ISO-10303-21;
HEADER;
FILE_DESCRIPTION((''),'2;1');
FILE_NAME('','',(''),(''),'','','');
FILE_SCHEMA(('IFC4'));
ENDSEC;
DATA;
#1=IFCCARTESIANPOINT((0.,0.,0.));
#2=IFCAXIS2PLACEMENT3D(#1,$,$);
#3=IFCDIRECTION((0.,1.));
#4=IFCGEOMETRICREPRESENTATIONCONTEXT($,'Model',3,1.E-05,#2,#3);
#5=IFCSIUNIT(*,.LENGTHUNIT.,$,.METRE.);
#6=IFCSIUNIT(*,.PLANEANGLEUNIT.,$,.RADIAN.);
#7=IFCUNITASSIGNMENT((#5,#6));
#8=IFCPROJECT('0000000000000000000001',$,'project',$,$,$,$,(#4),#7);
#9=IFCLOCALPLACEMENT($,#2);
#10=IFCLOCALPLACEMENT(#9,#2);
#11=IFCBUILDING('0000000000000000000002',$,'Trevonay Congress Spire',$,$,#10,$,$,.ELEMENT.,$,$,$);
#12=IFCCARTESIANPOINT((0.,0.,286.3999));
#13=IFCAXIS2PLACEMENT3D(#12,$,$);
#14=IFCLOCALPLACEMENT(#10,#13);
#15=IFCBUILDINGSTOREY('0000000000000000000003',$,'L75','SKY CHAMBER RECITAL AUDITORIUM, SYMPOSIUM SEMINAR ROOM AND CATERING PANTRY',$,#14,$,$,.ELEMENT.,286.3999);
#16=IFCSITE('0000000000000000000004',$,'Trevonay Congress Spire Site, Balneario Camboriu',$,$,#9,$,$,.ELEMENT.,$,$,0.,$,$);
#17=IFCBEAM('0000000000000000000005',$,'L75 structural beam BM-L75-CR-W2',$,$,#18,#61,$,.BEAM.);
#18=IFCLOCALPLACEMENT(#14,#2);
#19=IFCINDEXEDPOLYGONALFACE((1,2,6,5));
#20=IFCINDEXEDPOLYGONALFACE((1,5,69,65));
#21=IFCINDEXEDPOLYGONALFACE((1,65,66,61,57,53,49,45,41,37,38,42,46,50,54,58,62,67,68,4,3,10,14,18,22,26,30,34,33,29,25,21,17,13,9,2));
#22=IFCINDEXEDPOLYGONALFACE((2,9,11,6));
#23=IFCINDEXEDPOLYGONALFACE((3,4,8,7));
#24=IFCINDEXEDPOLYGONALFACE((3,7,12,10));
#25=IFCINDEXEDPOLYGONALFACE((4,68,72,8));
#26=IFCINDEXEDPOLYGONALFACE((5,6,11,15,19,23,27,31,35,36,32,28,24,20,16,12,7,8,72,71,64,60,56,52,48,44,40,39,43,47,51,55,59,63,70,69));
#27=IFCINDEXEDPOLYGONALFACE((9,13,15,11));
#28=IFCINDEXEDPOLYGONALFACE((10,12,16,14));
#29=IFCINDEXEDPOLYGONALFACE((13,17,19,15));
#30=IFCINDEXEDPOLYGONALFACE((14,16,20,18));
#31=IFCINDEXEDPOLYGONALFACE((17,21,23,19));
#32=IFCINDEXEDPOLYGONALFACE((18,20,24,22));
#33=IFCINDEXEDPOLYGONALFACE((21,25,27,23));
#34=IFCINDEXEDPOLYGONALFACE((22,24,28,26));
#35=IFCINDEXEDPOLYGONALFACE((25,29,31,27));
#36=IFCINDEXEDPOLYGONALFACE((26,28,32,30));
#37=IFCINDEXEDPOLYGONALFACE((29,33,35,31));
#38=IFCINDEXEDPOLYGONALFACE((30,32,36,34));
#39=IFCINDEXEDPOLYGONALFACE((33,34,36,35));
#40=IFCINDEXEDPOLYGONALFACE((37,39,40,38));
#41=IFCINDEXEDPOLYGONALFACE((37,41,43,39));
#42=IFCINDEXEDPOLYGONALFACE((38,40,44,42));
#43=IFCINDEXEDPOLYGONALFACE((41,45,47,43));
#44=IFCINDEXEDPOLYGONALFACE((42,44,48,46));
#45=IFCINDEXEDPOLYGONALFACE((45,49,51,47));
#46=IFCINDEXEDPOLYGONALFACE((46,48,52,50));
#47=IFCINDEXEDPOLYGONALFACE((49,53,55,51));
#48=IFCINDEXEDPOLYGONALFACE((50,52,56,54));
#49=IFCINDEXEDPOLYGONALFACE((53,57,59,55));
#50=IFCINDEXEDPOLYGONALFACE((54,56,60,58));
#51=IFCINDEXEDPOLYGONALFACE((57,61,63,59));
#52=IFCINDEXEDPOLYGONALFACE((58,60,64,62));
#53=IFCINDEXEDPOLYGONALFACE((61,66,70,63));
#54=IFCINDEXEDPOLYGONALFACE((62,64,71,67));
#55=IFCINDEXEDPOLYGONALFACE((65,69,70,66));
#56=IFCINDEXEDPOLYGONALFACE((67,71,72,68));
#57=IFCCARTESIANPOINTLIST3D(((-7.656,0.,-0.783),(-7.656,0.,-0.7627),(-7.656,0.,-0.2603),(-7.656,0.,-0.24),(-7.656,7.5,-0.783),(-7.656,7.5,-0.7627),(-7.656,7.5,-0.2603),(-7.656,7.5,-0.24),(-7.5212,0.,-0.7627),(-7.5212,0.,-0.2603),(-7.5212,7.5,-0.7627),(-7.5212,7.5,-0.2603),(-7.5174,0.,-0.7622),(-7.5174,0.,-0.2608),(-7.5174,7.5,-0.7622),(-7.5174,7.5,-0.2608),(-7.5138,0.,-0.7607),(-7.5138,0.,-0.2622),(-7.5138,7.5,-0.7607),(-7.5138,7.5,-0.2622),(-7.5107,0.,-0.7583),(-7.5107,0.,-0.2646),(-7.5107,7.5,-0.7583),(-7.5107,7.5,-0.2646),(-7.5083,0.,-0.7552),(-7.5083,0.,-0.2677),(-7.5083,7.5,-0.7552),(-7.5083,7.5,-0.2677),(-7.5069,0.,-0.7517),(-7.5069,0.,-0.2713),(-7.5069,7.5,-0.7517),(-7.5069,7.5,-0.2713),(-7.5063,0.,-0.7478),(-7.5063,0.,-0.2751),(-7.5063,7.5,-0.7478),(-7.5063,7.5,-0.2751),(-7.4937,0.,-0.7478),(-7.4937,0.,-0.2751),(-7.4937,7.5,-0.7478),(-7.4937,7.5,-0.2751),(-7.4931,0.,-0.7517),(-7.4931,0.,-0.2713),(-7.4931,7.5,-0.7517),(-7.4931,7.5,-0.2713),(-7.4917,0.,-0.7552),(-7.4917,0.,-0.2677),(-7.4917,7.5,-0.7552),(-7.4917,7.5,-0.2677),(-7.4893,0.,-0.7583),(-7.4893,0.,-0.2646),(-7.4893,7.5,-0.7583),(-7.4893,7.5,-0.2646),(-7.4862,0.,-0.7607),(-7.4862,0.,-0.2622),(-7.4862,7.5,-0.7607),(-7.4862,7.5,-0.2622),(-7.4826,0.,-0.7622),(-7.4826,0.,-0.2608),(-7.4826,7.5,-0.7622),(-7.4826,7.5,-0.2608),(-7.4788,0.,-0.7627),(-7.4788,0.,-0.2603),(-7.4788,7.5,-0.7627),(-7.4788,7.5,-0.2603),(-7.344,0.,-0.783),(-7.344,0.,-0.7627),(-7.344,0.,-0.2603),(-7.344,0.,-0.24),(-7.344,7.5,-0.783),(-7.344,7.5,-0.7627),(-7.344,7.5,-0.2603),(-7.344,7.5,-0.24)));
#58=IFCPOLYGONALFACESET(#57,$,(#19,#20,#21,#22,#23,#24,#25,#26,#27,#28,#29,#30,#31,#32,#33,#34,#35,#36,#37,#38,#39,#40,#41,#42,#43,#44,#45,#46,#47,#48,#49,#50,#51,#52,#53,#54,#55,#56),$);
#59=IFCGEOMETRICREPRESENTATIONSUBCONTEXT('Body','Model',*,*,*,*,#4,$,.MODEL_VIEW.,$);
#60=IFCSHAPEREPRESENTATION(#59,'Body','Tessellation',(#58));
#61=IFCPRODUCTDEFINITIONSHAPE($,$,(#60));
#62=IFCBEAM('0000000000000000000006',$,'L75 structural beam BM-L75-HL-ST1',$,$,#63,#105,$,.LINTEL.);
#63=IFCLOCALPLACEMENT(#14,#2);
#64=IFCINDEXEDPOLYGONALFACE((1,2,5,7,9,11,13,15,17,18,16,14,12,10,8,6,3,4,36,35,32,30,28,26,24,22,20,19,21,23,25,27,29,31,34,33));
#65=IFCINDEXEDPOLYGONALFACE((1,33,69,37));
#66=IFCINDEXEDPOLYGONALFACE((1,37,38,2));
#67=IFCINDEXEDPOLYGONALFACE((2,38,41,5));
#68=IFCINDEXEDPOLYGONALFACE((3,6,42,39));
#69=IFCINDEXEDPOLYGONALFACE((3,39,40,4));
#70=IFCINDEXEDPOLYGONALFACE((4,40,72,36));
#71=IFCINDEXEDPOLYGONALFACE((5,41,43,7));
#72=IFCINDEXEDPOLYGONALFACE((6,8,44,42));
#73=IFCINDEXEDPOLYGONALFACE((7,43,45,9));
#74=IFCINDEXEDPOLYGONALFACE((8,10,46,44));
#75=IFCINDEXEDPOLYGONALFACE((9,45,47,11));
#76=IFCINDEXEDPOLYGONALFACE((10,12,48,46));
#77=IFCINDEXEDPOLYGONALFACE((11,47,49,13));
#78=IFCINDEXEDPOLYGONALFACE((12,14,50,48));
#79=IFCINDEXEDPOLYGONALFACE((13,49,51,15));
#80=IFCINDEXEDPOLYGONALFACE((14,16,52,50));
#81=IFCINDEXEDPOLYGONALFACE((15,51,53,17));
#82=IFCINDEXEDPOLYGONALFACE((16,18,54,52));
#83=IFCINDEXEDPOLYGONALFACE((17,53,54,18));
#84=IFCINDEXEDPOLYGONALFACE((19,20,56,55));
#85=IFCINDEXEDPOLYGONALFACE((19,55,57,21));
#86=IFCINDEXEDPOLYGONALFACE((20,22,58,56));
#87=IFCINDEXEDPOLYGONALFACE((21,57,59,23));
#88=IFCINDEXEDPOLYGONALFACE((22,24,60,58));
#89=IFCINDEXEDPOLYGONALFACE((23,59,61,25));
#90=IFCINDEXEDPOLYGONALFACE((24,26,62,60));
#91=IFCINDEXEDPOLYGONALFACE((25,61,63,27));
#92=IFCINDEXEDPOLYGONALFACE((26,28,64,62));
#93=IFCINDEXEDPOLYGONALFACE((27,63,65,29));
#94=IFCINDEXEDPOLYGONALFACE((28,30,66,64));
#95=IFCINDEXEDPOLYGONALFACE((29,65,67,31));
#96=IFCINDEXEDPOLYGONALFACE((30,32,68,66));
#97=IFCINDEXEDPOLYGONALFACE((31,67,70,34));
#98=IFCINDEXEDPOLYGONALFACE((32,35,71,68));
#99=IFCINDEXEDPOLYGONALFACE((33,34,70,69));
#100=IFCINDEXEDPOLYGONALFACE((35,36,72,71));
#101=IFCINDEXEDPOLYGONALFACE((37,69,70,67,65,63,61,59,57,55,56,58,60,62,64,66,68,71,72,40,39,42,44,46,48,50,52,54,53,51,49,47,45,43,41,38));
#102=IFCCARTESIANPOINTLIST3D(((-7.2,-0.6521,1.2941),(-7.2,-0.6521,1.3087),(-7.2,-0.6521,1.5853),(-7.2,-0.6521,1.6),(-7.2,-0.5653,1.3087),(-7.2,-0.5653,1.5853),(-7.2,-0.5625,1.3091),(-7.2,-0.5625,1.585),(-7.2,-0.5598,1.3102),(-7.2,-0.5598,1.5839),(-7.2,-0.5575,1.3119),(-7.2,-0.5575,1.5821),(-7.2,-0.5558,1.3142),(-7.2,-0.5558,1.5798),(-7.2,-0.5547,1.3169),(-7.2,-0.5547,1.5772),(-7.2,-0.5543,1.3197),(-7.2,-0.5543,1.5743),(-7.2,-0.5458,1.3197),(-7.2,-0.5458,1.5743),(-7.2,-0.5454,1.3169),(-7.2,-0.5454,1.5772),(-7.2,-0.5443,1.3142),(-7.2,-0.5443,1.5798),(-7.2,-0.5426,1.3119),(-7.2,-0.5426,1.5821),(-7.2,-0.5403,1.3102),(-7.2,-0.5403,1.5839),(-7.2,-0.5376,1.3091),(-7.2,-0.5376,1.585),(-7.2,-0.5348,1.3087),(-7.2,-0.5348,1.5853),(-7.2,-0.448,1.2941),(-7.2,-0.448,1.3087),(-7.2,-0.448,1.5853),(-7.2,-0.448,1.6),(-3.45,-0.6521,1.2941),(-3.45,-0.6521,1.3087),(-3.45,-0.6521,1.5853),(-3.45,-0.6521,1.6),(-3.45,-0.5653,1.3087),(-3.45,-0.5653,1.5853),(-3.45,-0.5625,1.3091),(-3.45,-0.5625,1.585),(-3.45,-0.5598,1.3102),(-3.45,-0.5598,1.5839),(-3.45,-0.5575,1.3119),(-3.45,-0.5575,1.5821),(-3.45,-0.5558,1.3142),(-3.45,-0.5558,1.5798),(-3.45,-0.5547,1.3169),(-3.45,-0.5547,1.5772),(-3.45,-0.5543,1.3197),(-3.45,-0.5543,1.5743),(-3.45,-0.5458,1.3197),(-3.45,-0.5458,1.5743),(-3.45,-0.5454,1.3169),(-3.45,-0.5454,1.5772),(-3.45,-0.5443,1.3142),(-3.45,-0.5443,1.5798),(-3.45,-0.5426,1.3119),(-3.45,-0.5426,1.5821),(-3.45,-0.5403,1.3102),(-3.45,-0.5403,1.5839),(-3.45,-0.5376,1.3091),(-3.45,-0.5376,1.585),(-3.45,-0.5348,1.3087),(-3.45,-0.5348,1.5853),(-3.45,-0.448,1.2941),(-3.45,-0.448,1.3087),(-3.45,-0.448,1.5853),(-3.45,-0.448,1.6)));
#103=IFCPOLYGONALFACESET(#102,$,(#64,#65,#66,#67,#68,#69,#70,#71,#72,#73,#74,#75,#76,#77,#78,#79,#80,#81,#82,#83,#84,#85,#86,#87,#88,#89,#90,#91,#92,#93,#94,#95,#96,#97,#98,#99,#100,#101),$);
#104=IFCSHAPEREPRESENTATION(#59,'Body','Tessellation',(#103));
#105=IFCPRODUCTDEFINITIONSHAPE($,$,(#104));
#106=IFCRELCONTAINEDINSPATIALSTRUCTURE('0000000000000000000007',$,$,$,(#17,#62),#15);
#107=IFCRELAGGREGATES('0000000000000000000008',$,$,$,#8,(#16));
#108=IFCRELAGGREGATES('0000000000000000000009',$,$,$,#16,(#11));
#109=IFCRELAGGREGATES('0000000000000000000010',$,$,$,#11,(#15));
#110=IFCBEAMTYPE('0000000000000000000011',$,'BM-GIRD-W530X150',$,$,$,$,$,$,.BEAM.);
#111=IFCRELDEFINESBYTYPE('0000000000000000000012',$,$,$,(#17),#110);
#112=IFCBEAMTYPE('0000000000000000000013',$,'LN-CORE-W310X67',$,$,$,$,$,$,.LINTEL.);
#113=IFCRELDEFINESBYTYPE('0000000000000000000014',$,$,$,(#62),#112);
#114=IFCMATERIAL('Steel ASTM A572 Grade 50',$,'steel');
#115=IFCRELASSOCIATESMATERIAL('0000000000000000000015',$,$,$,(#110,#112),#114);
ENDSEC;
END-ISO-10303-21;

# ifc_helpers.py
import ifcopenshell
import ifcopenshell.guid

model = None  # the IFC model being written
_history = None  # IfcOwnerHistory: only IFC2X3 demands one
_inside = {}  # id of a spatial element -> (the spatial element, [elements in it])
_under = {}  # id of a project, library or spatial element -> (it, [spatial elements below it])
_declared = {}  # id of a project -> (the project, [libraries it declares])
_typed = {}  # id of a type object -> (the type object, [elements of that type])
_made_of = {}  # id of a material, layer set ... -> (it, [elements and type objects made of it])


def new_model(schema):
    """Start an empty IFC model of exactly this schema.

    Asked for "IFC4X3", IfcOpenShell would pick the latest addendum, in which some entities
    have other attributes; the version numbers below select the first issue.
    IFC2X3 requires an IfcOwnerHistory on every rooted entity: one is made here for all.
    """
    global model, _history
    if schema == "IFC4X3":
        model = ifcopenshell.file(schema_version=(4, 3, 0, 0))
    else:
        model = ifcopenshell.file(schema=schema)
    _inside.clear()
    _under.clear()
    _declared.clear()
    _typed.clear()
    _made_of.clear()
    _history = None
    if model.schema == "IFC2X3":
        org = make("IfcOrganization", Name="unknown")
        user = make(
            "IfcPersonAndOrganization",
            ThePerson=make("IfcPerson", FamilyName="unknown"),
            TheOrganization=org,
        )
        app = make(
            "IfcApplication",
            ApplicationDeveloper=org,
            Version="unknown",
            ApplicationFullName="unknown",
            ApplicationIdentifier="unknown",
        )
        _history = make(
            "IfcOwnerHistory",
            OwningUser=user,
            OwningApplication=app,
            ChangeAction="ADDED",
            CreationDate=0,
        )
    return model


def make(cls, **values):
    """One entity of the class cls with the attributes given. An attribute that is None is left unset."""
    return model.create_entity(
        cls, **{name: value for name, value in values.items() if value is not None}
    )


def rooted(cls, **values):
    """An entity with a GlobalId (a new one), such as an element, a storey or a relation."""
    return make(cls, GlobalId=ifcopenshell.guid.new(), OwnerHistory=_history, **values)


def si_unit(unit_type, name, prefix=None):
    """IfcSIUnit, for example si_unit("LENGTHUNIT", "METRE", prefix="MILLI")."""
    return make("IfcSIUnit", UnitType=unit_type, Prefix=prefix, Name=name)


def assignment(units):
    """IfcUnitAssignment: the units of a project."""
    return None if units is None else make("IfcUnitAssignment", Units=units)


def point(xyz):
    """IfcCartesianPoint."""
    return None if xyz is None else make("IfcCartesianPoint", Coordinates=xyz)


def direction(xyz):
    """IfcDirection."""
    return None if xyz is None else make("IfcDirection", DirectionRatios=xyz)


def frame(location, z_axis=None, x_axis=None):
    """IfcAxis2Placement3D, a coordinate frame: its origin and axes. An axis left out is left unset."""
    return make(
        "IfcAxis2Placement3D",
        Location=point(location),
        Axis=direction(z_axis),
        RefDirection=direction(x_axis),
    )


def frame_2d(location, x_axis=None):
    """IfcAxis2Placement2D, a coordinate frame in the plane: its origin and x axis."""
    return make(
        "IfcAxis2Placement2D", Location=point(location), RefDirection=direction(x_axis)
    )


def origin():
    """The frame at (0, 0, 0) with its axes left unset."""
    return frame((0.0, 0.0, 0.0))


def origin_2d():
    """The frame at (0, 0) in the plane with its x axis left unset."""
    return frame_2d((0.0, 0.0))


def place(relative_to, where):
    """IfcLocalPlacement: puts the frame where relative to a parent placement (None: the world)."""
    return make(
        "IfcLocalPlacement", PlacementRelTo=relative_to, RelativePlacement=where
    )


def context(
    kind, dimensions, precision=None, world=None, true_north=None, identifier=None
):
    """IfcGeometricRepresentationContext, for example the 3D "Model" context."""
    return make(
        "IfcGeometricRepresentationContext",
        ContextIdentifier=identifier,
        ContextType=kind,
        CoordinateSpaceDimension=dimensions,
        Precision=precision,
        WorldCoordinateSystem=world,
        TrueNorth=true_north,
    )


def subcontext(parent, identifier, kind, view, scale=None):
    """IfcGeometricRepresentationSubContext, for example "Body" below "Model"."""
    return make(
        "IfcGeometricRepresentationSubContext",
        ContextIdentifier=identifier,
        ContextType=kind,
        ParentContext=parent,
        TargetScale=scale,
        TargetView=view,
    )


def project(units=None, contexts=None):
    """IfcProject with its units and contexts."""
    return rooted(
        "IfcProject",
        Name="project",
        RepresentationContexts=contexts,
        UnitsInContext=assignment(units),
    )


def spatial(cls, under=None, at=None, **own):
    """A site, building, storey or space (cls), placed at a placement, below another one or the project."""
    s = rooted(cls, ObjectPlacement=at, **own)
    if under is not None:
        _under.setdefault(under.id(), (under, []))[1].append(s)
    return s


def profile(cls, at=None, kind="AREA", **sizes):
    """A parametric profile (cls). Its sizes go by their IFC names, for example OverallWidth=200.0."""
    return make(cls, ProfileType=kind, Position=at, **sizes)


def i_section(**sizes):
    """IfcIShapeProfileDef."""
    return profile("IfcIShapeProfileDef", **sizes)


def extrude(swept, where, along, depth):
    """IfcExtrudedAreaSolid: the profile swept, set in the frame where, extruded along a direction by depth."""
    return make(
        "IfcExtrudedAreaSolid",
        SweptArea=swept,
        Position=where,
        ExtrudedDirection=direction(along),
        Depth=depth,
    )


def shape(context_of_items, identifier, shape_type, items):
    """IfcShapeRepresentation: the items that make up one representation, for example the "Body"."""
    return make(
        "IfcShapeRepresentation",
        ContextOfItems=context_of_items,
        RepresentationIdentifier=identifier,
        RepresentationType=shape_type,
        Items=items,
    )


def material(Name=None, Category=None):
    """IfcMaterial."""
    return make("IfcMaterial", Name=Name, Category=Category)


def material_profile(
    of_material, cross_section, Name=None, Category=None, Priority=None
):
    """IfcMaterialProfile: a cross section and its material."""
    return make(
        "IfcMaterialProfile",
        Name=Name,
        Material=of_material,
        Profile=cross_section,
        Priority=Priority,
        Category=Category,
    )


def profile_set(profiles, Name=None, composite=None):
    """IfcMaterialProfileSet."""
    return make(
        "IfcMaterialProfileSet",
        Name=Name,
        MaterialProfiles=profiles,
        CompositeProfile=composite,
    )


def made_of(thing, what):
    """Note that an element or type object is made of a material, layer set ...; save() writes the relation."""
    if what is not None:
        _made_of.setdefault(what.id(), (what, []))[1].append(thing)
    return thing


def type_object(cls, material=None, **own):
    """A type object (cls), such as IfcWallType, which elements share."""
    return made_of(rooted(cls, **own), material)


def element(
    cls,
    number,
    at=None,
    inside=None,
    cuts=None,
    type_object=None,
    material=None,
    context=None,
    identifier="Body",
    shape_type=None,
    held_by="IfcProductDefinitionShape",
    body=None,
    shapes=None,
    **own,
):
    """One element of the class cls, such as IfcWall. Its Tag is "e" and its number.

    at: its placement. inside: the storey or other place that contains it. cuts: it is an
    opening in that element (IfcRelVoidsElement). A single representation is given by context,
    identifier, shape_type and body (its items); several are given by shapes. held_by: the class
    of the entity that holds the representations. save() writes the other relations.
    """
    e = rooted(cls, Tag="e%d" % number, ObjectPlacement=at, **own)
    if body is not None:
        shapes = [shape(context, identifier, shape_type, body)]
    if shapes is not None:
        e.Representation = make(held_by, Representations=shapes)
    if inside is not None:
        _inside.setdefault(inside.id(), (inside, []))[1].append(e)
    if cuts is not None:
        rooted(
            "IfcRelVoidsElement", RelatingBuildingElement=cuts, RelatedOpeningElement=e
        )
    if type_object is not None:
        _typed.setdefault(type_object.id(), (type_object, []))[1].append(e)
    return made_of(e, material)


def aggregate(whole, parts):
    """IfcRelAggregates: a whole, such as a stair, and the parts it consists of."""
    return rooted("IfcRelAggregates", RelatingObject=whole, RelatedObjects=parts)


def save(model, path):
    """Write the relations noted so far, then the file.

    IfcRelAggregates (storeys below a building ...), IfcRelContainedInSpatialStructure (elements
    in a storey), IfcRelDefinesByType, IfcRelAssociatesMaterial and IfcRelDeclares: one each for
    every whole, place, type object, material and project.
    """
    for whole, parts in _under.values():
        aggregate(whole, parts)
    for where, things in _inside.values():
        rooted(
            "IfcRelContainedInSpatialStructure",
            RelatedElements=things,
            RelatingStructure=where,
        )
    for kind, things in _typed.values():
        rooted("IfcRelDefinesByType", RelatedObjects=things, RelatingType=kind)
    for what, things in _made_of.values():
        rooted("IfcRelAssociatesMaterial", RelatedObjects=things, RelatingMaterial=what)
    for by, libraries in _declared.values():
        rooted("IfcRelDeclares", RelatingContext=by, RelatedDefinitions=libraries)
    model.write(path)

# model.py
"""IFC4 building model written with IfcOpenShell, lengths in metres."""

from ifc_helpers import new_model, si_unit, direction, frame, origin, origin_2d, place, context, subcontext, project, spatial, i_section, extrude, material, material_profile, profile_set, type_object, element, save


model = new_model("IFC4")

# Units and contexts
model_context = context("Model", 3, precision=1e-05, world=origin(), true_north=direction((0.0, 1.0)))
body_context = subcontext(model_context, "Body", "Model", "MODEL_VIEW")
ifc_project = project(units=[si_unit("LENGTHUNIT", "METRE"), si_unit("PLANEANGLEUNIT", "RADIAN")], contexts=[model_context])

# Site, building, storey
site_placement = place(None, origin())
site = spatial("IfcSite", under=ifc_project, at=site_placement, Name="Trevonay Congress Spire Site, Balneario Camboriu", CompositionType="ELEMENT", RefElevation=0.0)
building_placement = place(site_placement, origin())
building = spatial("IfcBuilding", under=site, at=building_placement, Name="Trevonay Congress Spire", CompositionType="ELEMENT")
storey_placement = place(building_placement, frame((0.0, 0.0, 286.3999)))
storey = spatial("IfcBuildingStorey", under=building, at=storey_placement, Name="L75", Description="SKY CHAMBER RECITAL AUDITORIUM, SYMPOSIUM SEMINAR ROOM AND CATERING PANTRY", CompositionType="ELEMENT", Elevation=286.3999)

# Shared definitions
ifc_material_1 = material(Name="Steel ASTM A572 Grade 50", Category="steel")

# Beams
ifc_material_profile_1 = material_profile(ifc_material_1, i_section(OverallWidth=0.312, OverallDepth=0.543, WebThickness=0.0127, FlangeThickness=0.0203, FilletRadius=0.0149, at=origin_2d()), Name="W530x150")
ifc_profile_set_1 = profile_set([ifc_material_profile_1], Name="Steel ASTM A572 Grade 50")
beam_type_1 = type_object("IfcBeamType", Name="BM-GIRD-W530X150", PredefinedType="BEAM", material=ifc_profile_set_1)
beam_1_placement = place(storey_placement, frame((-7.5, 0.0, -0.5115), z_axis=(0.0, 1.0, 0.0), x_axis=(-1.0, 0.0, 0.0)))
element("IfcBeam", 1, at=beam_1_placement, inside=storey, type_object=beam_type_1, Name="L75 structural beam BM-L75-CR-W2", PredefinedType="BEAM", context=body_context, shape_type="SweptSolid", body=[
    extrude(i_section(OverallWidth=0.312, OverallDepth=0.543, WebThickness=0.0127, FlangeThickness=0.0203, FilletRadius=0.0149, at=origin_2d()), origin(), (0.0, 0.0, 1.0), 7.5),
])
ifc_material_profile_2 = material_profile(ifc_material_1, i_section(OverallWidth=0.2041, OverallDepth=0.3059, WebThickness=0.0085, FlangeThickness=0.0146, FilletRadius=0.011, at=origin_2d()), Name="W310x67")
ifc_profile_set_2 = profile_set([ifc_material_profile_2], Name="Steel ASTM A572 Grade 50")
beam_type_2 = type_object("IfcBeamType", Name="LN-CORE-W310X67", PredefinedType="LINTEL", material=ifc_profile_set_2)
beam_2_placement = place(storey_placement, frame((-7.2, -0.55, 1.447), z_axis=(1.0, 0.0, 0.0), x_axis=(0.0, 1.0, 0.0)))
element("IfcBeam", 2, at=beam_2_placement, inside=storey, type_object=beam_type_2, Name="L75 structural beam BM-L75-HL-ST1", PredefinedType="LINTEL", context=body_context, shape_type="SweptSolid", body=[
    extrude(i_section(OverallWidth=0.2041, OverallDepth=0.3059, WebThickness=0.0085, FlangeThickness=0.0146, FilletRadius=0.011, at=origin_2d()), origin(), (0.0, 0.0, 1.0), 3.75),
])

save(model, "model.ifc")
